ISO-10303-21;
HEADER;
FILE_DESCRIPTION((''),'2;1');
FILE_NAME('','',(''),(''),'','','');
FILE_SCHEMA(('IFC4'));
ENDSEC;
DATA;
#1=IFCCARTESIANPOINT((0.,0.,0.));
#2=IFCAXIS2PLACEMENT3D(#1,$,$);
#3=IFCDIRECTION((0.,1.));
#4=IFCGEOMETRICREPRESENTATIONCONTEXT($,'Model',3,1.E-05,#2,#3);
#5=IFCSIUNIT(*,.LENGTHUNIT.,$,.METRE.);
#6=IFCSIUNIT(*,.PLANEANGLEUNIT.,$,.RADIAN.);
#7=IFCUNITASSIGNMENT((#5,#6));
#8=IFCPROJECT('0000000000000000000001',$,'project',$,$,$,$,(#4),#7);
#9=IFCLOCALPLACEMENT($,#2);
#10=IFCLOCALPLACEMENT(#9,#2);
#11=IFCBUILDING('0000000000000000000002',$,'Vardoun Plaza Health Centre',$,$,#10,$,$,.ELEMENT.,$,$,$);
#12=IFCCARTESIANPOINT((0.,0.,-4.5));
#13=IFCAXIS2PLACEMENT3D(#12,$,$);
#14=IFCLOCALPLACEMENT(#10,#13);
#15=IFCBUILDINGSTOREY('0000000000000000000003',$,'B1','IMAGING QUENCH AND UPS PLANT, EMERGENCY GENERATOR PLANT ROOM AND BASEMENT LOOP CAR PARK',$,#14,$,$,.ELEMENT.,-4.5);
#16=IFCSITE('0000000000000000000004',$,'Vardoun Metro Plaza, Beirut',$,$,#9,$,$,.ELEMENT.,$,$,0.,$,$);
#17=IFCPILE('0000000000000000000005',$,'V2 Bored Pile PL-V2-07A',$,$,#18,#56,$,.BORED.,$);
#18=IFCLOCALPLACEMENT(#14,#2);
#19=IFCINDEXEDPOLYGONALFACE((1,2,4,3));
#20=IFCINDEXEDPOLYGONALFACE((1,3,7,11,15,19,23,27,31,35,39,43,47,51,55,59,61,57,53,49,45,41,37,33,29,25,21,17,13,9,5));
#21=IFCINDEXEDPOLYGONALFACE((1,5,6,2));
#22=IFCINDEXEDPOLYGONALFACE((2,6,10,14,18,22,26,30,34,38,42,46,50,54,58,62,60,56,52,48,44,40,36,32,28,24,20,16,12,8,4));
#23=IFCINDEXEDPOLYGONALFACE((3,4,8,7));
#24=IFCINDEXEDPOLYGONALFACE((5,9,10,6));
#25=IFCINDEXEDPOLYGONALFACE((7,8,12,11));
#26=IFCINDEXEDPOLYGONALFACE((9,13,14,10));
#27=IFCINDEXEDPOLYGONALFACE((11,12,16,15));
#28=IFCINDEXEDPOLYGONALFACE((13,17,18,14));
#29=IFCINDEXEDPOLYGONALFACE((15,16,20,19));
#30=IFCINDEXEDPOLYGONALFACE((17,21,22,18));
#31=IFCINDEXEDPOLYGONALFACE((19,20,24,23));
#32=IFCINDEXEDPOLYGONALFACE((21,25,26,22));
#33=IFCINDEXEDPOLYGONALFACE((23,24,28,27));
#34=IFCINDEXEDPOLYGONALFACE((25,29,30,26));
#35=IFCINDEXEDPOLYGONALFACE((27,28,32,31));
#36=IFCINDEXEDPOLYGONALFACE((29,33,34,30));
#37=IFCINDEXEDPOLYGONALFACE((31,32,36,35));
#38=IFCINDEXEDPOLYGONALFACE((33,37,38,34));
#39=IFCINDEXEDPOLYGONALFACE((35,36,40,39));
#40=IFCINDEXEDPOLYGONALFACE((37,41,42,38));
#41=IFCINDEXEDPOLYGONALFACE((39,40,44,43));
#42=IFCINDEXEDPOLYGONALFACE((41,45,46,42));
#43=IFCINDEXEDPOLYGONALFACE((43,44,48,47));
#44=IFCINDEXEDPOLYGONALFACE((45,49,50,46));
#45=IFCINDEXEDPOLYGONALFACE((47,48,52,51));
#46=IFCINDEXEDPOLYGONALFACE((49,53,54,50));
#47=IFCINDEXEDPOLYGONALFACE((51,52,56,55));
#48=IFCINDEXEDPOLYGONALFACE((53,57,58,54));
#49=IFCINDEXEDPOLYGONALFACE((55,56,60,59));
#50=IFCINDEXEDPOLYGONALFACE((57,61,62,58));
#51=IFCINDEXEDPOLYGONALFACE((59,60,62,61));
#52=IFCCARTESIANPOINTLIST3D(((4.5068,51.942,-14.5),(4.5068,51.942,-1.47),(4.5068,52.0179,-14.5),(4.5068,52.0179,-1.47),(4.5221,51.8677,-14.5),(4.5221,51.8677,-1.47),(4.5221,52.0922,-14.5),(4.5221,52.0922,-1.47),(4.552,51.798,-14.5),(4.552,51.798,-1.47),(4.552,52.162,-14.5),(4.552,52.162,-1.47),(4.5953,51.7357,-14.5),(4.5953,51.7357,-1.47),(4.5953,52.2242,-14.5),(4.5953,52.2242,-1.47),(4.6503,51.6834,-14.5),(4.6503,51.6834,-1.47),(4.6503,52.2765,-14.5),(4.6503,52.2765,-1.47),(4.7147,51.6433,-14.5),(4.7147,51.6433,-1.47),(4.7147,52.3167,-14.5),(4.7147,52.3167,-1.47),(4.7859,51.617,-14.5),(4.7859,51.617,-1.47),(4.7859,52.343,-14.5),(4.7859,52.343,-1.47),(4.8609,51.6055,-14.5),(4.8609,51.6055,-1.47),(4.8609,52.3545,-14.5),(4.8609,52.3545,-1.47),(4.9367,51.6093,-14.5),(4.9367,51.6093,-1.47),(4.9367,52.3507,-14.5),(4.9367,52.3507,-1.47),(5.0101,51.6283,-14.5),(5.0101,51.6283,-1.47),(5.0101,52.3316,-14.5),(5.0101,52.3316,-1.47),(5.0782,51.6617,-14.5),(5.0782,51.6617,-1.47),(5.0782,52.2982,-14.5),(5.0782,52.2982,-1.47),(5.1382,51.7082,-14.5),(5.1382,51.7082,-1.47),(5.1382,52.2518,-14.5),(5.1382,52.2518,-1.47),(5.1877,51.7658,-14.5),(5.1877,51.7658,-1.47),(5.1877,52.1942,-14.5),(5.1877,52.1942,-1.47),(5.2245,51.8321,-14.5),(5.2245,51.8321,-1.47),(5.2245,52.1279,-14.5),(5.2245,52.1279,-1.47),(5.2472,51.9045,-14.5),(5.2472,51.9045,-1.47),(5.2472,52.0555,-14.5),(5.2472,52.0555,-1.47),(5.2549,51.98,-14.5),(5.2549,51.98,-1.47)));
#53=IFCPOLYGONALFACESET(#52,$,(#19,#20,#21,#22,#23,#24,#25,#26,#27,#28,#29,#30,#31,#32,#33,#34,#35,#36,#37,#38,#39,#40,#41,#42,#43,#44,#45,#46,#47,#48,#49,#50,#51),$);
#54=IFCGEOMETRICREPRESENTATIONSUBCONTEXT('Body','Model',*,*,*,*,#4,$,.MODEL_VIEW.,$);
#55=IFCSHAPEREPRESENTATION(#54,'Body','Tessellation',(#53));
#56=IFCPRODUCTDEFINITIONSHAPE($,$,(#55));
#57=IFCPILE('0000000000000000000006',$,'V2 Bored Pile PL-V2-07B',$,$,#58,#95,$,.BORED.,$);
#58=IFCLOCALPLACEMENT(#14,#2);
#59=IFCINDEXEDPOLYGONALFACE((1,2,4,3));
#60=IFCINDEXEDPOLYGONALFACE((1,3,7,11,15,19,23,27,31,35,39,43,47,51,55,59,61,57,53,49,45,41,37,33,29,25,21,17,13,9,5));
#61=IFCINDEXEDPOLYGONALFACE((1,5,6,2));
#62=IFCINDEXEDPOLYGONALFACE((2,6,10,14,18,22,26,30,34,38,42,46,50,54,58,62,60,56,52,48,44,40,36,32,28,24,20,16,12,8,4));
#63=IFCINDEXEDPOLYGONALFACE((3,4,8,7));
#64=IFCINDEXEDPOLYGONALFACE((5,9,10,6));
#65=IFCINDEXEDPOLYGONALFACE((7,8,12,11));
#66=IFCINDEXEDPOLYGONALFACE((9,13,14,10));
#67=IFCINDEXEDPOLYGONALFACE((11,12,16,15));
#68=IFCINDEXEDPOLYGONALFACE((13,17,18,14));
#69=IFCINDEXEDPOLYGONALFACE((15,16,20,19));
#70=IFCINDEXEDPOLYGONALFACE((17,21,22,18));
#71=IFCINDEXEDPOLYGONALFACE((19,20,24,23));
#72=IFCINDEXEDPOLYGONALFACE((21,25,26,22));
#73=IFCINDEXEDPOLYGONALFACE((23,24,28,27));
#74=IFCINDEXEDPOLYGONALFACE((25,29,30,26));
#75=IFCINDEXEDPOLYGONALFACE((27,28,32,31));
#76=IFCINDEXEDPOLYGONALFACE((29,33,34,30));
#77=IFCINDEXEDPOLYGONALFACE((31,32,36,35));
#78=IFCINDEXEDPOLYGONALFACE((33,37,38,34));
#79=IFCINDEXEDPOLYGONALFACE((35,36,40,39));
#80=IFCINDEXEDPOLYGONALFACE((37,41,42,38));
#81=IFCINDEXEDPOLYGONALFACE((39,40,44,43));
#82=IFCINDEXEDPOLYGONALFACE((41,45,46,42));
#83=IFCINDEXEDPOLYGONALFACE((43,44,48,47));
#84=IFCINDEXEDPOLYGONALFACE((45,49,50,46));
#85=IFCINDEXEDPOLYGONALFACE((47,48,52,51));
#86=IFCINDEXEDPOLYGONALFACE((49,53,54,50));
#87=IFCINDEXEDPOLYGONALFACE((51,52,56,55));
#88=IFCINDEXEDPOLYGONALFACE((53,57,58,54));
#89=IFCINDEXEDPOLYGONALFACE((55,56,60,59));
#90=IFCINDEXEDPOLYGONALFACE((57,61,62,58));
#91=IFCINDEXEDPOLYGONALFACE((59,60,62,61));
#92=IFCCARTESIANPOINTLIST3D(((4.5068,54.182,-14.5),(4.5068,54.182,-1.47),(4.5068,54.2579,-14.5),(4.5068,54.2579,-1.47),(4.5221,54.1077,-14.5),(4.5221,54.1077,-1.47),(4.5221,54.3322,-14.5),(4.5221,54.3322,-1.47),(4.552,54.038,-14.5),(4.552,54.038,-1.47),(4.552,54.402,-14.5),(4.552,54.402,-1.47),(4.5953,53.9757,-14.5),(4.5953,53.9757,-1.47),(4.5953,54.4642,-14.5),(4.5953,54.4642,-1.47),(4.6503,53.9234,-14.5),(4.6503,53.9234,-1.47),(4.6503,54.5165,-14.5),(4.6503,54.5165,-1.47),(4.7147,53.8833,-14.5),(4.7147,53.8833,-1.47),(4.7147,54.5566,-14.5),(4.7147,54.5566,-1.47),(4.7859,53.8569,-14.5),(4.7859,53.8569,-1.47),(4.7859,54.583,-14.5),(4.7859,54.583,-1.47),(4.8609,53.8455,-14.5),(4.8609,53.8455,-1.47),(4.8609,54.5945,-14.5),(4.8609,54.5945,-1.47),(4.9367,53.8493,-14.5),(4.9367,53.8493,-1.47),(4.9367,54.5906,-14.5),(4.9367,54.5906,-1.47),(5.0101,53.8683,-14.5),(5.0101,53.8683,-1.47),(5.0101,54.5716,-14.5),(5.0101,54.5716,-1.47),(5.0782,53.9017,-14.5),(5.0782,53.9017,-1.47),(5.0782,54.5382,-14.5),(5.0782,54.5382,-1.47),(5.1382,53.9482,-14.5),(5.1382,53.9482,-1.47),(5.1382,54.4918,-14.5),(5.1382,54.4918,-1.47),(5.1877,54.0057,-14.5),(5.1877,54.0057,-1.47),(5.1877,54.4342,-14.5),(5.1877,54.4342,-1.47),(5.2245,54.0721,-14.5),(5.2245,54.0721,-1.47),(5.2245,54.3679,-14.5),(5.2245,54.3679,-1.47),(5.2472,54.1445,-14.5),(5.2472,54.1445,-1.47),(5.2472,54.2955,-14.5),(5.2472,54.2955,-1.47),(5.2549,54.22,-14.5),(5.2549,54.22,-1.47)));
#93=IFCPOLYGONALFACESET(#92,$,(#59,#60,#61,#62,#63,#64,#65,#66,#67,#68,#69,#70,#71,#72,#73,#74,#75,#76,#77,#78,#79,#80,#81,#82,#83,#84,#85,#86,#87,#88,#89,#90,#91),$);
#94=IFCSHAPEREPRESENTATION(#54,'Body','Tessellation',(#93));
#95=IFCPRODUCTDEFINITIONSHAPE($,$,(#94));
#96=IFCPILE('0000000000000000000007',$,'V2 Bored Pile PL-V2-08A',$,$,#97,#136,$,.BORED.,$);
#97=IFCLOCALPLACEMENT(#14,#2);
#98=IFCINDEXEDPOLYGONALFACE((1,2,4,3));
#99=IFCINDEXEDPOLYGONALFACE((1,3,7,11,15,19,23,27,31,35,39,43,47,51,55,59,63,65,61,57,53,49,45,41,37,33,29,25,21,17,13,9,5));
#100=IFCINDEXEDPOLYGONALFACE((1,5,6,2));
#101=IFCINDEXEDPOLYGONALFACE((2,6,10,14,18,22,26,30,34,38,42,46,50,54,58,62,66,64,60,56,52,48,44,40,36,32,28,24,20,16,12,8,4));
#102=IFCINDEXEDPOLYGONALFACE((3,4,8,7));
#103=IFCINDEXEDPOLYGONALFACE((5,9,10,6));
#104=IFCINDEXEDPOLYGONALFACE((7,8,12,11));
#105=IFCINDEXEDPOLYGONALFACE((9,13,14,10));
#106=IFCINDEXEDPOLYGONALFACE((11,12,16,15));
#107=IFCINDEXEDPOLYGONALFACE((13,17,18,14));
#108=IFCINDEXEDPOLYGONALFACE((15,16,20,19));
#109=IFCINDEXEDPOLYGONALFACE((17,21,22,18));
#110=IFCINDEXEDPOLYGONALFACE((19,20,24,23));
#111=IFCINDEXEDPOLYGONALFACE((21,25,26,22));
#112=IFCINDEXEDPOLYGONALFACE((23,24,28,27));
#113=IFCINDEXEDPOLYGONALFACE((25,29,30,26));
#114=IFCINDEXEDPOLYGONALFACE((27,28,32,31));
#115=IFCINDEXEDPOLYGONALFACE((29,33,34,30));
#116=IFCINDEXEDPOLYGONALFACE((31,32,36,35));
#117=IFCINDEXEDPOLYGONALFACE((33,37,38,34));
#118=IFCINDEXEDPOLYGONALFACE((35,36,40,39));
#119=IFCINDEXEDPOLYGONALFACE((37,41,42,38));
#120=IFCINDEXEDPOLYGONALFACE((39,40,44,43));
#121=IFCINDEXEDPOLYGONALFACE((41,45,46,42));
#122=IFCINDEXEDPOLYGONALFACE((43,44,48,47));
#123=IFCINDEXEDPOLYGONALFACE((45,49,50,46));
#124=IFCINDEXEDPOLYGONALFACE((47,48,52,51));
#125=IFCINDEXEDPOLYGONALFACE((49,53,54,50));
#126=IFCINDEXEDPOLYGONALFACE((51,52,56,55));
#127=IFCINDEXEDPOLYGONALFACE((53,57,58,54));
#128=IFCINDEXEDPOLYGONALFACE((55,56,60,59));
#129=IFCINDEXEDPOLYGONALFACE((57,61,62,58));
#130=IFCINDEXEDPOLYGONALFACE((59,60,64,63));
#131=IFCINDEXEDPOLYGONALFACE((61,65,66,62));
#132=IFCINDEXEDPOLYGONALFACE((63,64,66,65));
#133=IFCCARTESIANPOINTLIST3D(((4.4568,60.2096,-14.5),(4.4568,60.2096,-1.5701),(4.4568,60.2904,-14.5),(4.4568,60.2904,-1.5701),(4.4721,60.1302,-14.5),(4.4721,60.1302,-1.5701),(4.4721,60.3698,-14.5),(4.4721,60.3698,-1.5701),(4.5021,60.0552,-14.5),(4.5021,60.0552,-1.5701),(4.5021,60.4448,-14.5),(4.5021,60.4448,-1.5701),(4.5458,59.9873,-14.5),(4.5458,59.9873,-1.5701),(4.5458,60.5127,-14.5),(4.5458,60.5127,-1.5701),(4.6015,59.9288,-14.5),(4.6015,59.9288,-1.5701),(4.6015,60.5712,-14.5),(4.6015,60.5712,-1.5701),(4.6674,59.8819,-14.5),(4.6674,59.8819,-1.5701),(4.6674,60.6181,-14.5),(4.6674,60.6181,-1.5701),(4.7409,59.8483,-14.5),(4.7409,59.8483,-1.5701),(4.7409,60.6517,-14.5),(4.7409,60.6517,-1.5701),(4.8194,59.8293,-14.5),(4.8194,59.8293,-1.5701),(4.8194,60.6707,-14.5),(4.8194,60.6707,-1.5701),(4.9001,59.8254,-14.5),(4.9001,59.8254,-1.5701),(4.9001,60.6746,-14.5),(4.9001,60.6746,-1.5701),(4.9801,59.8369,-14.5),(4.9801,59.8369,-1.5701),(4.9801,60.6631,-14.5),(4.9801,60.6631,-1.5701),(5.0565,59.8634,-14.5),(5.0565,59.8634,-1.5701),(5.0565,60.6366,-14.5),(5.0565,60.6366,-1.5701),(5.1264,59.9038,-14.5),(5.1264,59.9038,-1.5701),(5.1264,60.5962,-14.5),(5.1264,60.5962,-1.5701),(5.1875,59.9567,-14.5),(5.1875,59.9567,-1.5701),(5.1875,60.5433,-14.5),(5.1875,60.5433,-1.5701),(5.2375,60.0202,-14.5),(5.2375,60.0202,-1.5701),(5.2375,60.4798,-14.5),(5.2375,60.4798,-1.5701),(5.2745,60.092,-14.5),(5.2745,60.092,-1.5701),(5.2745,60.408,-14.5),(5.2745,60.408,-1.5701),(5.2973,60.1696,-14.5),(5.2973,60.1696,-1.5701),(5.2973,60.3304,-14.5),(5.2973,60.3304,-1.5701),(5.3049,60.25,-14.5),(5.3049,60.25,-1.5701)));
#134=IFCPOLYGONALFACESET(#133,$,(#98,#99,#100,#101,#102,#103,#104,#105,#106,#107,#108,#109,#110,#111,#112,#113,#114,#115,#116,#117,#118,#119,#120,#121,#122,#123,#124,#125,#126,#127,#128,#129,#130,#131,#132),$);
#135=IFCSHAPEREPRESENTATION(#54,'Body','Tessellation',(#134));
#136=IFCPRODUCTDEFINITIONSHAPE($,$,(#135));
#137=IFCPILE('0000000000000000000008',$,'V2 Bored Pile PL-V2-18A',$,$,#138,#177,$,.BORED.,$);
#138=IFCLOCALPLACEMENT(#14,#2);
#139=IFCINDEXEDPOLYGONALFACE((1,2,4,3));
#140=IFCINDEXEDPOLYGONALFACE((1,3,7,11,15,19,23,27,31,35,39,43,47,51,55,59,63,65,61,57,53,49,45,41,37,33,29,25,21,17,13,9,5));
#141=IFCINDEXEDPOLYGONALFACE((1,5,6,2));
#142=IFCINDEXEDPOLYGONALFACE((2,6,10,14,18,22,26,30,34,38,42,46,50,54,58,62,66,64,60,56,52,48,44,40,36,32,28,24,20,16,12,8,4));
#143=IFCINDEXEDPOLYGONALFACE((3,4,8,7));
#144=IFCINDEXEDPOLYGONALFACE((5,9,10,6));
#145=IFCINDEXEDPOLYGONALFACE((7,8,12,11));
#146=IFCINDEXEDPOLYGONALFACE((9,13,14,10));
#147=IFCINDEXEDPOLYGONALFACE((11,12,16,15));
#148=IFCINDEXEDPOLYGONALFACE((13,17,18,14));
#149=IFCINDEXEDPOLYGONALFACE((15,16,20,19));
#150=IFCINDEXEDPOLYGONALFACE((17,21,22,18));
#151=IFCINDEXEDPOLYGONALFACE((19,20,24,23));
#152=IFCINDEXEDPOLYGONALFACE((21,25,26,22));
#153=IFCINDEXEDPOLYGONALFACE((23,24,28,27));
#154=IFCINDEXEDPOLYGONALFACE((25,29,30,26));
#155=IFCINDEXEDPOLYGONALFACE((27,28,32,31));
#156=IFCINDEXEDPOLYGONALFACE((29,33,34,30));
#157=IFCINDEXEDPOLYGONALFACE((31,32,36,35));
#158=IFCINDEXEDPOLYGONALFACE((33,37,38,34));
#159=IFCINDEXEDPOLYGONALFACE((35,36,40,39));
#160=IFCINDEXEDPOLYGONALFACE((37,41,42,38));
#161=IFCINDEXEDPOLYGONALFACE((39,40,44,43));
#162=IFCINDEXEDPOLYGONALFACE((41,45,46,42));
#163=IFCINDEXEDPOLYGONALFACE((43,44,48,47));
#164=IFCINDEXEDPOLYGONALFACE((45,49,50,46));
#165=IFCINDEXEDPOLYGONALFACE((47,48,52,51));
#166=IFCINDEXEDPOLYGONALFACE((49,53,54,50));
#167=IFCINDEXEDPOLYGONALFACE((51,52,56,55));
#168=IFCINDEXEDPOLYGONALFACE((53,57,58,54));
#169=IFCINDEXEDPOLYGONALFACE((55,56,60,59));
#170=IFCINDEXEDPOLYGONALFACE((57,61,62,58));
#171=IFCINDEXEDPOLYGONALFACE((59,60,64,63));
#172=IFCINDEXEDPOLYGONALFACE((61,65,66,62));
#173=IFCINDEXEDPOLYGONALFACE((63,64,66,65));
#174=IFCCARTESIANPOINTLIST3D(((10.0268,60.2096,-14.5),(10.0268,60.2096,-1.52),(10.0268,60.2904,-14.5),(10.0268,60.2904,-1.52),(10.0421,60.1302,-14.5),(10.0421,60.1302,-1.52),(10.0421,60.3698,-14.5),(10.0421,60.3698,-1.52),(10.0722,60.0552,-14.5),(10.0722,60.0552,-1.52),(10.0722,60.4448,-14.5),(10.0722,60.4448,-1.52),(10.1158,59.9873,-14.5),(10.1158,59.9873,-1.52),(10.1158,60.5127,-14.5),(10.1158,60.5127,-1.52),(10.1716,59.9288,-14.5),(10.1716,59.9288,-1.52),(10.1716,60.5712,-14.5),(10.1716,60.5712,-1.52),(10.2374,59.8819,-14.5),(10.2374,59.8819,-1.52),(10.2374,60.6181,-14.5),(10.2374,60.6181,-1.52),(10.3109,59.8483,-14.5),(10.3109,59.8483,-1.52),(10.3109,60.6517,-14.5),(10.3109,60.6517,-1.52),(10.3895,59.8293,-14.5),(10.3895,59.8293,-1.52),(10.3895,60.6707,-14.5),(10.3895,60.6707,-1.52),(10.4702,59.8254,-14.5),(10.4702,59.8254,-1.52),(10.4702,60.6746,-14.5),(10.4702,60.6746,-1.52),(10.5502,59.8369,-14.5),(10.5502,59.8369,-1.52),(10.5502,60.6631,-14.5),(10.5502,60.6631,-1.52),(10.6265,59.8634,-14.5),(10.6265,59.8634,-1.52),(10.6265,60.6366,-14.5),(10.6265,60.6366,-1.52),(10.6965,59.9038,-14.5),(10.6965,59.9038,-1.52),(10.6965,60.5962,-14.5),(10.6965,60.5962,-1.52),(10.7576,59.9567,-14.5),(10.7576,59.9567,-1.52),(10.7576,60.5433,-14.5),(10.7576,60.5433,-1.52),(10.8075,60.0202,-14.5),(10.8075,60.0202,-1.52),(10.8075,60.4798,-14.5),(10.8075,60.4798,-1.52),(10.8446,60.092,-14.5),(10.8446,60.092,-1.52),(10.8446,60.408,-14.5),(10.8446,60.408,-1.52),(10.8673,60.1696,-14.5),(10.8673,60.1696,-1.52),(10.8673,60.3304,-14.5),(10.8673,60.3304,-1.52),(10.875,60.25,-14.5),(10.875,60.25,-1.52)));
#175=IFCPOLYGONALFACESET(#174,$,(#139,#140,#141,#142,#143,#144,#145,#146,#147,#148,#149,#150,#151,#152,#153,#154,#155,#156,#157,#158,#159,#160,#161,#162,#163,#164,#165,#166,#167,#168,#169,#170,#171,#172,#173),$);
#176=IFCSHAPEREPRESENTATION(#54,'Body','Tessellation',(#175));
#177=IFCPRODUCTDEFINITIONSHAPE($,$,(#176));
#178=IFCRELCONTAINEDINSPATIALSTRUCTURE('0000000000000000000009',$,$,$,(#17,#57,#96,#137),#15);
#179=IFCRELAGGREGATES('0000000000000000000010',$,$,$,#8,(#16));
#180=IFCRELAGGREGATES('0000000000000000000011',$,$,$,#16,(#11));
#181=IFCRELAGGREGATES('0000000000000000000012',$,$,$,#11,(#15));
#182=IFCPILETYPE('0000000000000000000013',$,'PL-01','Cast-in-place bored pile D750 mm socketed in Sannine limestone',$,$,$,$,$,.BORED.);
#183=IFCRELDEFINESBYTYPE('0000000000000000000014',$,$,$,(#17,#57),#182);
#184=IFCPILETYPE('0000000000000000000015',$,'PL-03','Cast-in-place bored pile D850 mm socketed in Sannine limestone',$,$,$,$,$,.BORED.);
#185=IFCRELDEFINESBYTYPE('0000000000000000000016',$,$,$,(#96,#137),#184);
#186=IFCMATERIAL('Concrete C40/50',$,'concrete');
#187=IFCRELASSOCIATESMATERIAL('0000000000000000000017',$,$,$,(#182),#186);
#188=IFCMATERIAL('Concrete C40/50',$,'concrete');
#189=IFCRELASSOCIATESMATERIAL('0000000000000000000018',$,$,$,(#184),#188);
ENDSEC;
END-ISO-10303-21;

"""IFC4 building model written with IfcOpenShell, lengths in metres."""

from ifc_helpers import new_model, si_unit, direction, frame, origin, origin_2d, place, context, subcontext, project, spatial, circle, extrude, material, material_profile, profile_set, type_object, element, save


model = new_model("IFC4")

# Units and contexts
model_context = context("Model", 3, precision=1e-05, world=origin(), true_north=direction((0.0, 1.0)))
body_context = subcontext(model_context, "Body", "Model", "MODEL_VIEW")
ifc_project = project(units=[si_unit("LENGTHUNIT", "METRE"), si_unit("PLANEANGLEUNIT", "RADIAN")], contexts=[model_context])

# Site, building, storey
site_placement = place(None, origin())
site = spatial("IfcSite", under=ifc_project, at=site_placement, Name="Vardoun Metro Plaza, Beirut", CompositionType="ELEMENT", RefElevation=0.0)
building_placement = place(site_placement, origin())
building = spatial("IfcBuilding", under=site, at=building_placement, Name="Vardoun Plaza Health Centre", CompositionType="ELEMENT")
storey_placement = place(building_placement, frame((0.0, 0.0, -4.5)))
storey = spatial("IfcBuildingStorey", under=building, at=storey_placement, Name="B1", Description="IMAGING QUENCH AND UPS PLANT, EMERGENCY GENERATOR PLANT ROOM AND BASEMENT LOOP CAR PARK", CompositionType="ELEMENT", Elevation=-4.5)

# Piles
ifc_material_1 = material(Name="Concrete C40/50", Category="concrete")
ifc_material_profile_1 = material_profile(ifc_material_1, circle(Radius=0.375, at=origin_2d()), Name="PILE D750")
ifc_profile_set_1 = profile_set([ifc_material_profile_1], Name="Concrete C40/50")
pile_type_1 = type_object("IfcPileType", Name="PL-01", Description="Cast-in-place bored pile D750 mm socketed in Sannine limestone", PredefinedType="BORED", material=ifc_profile_set_1)
for number, where, z_axis, x_axis, name in (
    (1, (4.8799, 51.98, -1.47), (0.0, 0.0, -1.0), (1.0, 0.0, 0.0), "V2 Bored Pile PL-V2-07A"),
    (2, (4.8799, 54.22, -1.47), (0.0, 0.0, -1.0), (1.0, 0.0, 0.0), "V2 Bored Pile PL-V2-07B"),
):
    element("IfcPile", number, at=place(storey_placement, frame(where, z_axis=z_axis, x_axis=x_axis)), inside=storey, type_object=pile_type_1, Name=name, PredefinedType="BORED", context=body_context, shape_type="SweptSolid", body=[
        extrude(circle(Radius=0.375, at=origin_2d()), origin(), (0.0, 0.0, 1.0), 13.03),
    ])
ifc_material_2 = material(Name="Concrete C40/50", Category="concrete")
ifc_material_profile_2 = material_profile(ifc_material_2, circle(Radius=0.425, at=origin_2d()), Name="PILE D850")
ifc_profile_set_2 = profile_set([ifc_material_profile_2], Name="Concrete C40/50")
pile_type_2 = type_object("IfcPileType", Name="PL-03", Description="Cast-in-place bored pile D850 mm socketed in Sannine limestone", PredefinedType="BORED", material=ifc_profile_set_2)
pile_1_placement = place(storey_placement, frame((4.8799, 60.25, -1.5701), z_axis=(0.0, 0.0, -1.0), x_axis=(1.0, 0.0, 0.0)))
element("IfcPile", 3, at=pile_1_placement, inside=storey, type_object=pile_type_2, Name="V2 Bored Pile PL-V2-08A", PredefinedType="BORED", context=body_context, shape_type="SweptSolid", body=[
    extrude(circle(Radius=0.425, at=origin_2d()), origin(), (0.0, 0.0, 1.0), 12.9299),
])
for number, where, z_axis, x_axis, name in (
    (4, (10.45, 60.25, -1.52), (0.0, 0.0, -1.0), (1.0, 0.0, 0.0), "V2 Bored Pile PL-V2-18A"),
):
    element("IfcPile", number, at=place(storey_placement, frame(where, z_axis=z_axis, x_axis=x_axis)), inside=storey, type_object=pile_type_2, Name=name, PredefinedType="BORED", context=body_context, shape_type="SweptSolid", body=[
        extrude(circle(Radius=0.425, at=origin_2d()), origin(), (0.0, 0.0, 1.0), 12.98),
    ])

save(model, "model.ifc")
